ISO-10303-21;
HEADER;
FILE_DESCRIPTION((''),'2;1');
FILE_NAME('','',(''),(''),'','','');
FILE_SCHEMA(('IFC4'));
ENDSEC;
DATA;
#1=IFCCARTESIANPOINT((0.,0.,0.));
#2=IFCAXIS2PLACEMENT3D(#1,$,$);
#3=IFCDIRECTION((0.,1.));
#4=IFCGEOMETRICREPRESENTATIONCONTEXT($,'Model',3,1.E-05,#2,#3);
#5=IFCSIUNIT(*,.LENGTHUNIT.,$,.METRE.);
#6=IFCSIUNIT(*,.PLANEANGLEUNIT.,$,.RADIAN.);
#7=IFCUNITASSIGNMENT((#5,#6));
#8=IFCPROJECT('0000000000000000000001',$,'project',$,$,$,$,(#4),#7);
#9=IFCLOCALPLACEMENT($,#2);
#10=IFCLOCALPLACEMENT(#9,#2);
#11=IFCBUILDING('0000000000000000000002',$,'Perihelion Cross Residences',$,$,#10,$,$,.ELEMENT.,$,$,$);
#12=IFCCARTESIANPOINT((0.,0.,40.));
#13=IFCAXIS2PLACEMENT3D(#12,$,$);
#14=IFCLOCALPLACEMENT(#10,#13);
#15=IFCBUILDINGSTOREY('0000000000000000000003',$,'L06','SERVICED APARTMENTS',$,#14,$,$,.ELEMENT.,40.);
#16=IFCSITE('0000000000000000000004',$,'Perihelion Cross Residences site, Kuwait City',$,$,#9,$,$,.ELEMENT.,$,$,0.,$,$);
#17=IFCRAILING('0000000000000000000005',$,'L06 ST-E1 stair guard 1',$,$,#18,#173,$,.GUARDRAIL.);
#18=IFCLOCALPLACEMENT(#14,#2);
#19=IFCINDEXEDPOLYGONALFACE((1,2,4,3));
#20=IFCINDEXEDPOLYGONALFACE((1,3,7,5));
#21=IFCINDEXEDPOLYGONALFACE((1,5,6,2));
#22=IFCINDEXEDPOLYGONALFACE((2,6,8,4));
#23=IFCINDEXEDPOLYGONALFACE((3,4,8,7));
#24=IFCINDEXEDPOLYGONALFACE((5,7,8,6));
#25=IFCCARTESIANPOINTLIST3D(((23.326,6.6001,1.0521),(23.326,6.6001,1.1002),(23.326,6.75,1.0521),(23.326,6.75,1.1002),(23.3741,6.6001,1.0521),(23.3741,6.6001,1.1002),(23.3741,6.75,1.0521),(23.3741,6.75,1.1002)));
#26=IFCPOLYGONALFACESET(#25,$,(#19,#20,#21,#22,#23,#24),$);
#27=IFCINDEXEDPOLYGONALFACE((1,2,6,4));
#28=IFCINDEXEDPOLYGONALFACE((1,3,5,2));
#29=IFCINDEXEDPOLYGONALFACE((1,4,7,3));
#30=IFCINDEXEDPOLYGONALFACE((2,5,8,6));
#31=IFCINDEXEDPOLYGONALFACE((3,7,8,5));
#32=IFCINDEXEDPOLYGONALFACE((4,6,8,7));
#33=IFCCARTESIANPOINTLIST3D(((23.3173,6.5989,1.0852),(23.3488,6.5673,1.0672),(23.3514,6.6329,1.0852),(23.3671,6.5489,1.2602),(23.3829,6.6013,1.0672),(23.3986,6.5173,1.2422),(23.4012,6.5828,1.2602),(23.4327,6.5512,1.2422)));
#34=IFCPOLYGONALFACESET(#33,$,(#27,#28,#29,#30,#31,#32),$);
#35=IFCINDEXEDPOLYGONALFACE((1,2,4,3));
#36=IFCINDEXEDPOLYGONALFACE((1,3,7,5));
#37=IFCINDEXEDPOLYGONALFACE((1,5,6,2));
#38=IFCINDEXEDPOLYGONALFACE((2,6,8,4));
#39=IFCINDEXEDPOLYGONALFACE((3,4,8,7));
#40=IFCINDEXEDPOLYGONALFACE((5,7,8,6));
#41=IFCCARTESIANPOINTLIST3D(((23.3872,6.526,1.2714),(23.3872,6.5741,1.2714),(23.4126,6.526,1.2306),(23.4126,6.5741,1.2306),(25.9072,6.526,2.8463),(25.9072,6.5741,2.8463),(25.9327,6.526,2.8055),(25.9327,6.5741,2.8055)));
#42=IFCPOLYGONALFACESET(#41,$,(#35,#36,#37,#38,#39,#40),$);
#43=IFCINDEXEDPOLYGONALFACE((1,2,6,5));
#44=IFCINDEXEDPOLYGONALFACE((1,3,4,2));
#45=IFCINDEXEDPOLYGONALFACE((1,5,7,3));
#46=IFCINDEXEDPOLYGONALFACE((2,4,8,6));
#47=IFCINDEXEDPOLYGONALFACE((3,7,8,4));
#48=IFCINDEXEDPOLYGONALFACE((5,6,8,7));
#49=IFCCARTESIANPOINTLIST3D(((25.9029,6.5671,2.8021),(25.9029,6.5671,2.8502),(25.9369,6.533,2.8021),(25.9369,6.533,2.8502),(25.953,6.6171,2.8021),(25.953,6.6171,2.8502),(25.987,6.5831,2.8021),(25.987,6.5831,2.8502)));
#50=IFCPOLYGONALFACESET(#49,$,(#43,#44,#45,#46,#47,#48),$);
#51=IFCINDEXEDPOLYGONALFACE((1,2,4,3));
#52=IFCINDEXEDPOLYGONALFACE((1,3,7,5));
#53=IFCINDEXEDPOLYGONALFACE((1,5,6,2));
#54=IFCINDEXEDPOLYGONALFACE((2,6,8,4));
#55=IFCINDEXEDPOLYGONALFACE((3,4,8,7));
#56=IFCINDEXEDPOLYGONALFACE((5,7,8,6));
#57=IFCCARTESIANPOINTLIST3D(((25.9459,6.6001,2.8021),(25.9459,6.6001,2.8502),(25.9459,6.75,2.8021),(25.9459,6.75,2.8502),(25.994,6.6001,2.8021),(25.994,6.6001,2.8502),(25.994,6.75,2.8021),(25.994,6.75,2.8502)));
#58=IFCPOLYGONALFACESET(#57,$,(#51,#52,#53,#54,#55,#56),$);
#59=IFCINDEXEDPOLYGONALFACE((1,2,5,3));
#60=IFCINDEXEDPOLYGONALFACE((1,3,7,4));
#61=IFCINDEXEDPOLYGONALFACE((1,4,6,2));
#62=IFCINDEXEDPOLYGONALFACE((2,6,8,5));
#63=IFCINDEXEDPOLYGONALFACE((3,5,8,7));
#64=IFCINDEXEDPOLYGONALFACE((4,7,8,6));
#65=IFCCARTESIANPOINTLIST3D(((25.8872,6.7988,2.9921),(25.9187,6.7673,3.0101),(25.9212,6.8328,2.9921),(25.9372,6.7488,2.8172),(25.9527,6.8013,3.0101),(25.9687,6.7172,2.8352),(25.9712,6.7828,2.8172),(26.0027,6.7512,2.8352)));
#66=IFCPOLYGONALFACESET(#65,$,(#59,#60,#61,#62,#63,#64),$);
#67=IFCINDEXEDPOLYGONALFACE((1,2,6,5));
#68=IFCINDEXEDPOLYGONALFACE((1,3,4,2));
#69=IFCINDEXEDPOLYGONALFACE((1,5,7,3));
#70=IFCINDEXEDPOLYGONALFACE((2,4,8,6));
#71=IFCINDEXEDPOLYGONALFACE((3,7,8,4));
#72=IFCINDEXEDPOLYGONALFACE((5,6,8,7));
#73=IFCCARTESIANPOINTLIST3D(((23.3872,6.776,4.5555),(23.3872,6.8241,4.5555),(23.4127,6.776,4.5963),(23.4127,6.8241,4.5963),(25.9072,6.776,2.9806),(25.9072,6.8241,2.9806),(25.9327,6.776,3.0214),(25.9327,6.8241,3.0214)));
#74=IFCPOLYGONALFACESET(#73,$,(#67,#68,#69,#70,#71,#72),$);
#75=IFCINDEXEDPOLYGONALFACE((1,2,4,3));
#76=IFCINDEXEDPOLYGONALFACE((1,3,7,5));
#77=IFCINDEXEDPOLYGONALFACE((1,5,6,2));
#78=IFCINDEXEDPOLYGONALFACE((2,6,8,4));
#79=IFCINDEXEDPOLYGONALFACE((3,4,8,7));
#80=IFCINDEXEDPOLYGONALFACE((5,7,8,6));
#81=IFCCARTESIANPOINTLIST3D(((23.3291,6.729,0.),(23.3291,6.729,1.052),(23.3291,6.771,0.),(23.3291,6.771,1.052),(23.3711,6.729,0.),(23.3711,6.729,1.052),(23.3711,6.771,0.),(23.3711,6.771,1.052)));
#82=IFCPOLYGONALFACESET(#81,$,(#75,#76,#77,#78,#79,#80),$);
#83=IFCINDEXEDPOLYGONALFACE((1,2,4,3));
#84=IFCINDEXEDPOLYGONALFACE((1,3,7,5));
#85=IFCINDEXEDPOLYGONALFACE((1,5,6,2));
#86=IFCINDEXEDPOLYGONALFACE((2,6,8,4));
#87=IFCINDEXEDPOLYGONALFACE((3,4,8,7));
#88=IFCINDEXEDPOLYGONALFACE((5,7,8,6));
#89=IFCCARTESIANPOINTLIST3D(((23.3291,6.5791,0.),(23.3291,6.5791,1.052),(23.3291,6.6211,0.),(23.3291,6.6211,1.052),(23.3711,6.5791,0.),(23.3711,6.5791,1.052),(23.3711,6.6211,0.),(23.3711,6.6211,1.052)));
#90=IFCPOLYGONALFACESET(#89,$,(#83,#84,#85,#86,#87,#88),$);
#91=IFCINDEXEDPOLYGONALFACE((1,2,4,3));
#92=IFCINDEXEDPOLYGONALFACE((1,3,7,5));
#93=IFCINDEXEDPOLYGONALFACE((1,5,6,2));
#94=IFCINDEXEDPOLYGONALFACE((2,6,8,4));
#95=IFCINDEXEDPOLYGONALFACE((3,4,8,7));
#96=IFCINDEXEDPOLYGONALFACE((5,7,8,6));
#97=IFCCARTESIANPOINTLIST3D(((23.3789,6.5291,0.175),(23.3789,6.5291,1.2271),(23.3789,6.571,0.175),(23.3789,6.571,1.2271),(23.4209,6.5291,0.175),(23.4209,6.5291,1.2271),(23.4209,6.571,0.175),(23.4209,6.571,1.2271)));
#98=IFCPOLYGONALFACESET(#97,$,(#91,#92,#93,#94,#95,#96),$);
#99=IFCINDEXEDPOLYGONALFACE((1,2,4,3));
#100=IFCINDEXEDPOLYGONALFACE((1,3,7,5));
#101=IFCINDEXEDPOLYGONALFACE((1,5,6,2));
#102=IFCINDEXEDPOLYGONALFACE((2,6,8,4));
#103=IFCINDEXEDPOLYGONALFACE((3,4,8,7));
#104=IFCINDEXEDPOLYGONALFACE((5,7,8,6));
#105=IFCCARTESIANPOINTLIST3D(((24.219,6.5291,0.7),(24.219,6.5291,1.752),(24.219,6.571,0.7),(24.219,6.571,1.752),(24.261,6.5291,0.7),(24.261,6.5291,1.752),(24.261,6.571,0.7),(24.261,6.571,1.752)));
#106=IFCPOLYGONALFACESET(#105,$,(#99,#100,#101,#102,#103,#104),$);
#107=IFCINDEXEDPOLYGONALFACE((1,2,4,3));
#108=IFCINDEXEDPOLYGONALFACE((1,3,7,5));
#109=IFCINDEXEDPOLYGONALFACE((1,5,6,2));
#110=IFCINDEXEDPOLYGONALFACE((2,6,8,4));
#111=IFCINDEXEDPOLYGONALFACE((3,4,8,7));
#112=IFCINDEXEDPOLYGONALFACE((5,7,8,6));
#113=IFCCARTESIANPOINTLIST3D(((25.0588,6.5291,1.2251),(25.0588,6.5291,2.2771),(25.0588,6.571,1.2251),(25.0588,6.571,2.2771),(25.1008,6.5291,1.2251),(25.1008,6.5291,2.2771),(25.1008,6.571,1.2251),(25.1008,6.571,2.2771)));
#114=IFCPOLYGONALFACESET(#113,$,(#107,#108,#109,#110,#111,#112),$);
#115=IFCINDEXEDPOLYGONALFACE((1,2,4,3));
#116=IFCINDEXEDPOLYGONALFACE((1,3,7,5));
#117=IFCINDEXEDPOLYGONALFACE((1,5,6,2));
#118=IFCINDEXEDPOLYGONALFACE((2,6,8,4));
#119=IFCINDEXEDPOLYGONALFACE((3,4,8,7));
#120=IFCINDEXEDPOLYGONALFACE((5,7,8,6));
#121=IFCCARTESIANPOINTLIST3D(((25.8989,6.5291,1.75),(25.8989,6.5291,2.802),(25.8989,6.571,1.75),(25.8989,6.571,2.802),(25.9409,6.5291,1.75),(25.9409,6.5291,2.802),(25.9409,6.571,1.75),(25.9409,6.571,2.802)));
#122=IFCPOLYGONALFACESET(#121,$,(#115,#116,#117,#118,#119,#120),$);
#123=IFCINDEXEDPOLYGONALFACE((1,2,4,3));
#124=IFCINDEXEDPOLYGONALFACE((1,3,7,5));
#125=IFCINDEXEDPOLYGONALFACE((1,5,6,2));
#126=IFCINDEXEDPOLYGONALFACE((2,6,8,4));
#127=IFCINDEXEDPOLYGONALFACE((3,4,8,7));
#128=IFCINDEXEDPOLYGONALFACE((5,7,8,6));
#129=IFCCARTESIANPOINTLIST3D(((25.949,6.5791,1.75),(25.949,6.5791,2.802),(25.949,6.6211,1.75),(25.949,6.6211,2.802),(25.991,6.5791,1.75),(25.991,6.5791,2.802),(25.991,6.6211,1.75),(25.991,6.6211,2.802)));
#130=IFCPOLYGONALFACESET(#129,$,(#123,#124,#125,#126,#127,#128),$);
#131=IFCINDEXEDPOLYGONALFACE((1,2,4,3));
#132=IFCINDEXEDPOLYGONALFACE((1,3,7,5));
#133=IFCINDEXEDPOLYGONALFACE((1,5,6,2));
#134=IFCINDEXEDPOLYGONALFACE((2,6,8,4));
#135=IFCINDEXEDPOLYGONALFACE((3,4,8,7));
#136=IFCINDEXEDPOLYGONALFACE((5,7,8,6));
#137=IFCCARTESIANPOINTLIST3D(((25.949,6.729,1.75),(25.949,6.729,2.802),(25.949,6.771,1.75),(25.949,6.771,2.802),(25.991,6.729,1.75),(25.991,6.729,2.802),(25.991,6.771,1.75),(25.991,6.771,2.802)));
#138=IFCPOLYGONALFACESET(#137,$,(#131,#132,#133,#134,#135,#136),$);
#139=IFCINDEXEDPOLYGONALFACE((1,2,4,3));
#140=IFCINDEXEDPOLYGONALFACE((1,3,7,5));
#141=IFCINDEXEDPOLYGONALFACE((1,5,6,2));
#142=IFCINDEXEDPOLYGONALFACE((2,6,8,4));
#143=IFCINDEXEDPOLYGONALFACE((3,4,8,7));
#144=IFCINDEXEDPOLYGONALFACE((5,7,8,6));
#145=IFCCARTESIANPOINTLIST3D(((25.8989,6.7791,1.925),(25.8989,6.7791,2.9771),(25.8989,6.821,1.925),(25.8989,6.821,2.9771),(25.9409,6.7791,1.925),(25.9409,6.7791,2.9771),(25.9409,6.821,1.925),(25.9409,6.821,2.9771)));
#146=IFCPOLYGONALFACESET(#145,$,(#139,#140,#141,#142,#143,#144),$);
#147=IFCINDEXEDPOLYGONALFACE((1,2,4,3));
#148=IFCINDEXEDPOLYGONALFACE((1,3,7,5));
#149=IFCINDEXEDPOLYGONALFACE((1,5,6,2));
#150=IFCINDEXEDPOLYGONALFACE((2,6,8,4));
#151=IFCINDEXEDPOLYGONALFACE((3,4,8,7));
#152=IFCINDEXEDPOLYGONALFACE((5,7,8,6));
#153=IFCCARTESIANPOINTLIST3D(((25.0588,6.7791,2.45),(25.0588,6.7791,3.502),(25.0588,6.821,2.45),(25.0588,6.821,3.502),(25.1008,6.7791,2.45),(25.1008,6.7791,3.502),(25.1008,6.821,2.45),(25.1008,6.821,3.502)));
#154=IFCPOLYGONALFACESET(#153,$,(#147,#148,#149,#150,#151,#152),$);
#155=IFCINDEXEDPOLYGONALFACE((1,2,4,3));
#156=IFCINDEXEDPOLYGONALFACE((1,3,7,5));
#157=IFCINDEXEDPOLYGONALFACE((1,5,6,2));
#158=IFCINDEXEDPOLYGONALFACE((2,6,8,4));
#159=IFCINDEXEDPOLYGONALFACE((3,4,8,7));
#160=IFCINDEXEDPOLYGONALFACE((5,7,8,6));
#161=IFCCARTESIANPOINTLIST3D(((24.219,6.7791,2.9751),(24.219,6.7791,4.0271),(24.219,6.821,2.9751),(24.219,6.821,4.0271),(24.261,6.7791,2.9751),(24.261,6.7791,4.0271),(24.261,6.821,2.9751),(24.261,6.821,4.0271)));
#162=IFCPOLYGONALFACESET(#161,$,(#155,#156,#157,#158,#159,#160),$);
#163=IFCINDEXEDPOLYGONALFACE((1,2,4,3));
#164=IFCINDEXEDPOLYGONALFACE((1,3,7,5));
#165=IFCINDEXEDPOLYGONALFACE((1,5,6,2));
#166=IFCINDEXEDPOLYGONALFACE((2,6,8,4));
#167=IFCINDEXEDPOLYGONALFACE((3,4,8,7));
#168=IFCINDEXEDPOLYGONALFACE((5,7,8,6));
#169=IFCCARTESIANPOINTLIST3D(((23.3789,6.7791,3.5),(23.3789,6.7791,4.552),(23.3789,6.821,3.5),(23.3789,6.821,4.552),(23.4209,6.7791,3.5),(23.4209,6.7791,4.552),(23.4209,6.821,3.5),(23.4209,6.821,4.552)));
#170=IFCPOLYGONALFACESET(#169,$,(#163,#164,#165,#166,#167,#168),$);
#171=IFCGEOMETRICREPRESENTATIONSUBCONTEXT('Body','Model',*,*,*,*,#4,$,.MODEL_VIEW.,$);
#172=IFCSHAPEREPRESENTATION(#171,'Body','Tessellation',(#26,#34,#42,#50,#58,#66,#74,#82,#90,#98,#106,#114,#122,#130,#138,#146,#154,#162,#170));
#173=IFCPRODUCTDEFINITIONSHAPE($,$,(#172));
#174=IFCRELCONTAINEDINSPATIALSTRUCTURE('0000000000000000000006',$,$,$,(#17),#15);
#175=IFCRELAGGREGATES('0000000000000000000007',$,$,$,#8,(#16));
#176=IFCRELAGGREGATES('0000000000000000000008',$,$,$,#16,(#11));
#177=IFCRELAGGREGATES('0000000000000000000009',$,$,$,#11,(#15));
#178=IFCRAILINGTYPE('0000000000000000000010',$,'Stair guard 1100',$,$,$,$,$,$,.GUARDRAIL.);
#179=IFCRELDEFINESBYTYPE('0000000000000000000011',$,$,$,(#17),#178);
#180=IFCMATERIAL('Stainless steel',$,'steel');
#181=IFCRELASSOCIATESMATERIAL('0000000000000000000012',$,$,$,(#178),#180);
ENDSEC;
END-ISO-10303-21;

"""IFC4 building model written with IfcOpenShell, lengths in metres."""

from ifc_helpers import new_model, si_unit, direction, frame, origin, origin_2d, place, context, subcontext, project, spatial, rectangle, extrude, material, type_object, element, save


model = new_model("IFC4")

# Units and contexts
model_context = context("Model", 3, precision=1e-05, world=origin(), true_north=direction((0.0, 1.0)))
body_context = subcontext(model_context, "Body", "Model", "MODEL_VIEW")
ifc_project = project(units=[si_unit("LENGTHUNIT", "METRE"), si_unit("PLANEANGLEUNIT", "RADIAN")], contexts=[model_context])

# Site, building, storey
site_placement = place(None, origin())
site = spatial("IfcSite", under=ifc_project, at=site_placement, Name="Perihelion Cross Residences site, Kuwait City", CompositionType="ELEMENT", RefElevation=0.0)
building_placement = place(site_placement, origin())
building = spatial("IfcBuilding", under=site, at=building_placement, Name="Perihelion Cross Residences", CompositionType="ELEMENT")
storey_placement = place(building_placement, frame((0.0, 0.0, 40.0)))
storey = spatial("IfcBuildingStorey", under=building, at=storey_placement, Name="L06", Description="SERVICED APARTMENTS", CompositionType="ELEMENT", Elevation=40.0)

# Railing
ifc_material_1 = material(Name="Stainless steel", Category="steel")
railing_type_1 = type_object("IfcRailingType", Name="Stair guard 1100", PredefinedType="GUARDRAIL", material=ifc_material_1)
railing_1_placement = place(storey_placement, frame((23.3501, 6.75, 0.0)))
element("IfcRailing", 1, at=railing_1_placement, inside=storey, type_object=railing_type_1, Name="L06 ST-E1 stair guard 1", PredefinedType="GUARDRAIL", context=body_context, shape_type="SweptSolid", body=[
    extrude(rectangle(XDim=0.0481, YDim=0.0481, at=origin_2d()), frame((0.0, 0.0, 1.0762), z_axis=(0.0, -1.0, 0.0), x_axis=(1.0, 0.0, 0.0)), (0.0, 0.0, 1.0), 0.1499),
    extrude(rectangle(XDim=0.0481, YDim=0.0481, at=origin_2d()), frame((0.0, -0.1499, 1.0762), z_axis=(0.263862, -0.265156, 0.927399), x_axis=(0.708834, 0.705376, 0.0)), (0.0, 0.0, 1.0), 0.1887),
    extrude(rectangle(XDim=0.0481, YDim=0.0481, at=origin_2d()), frame((0.0498, -0.2, 1.251), z_axis=(0.848008, 0.0, 0.529984), x_axis=(0.0, 1.0, 0.0)), (0.0, 0.0, 1.0), 2.9717),
    extrude(rectangle(XDim=0.0481, YDim=0.0481, at=origin_2d()), frame((2.5698, -0.2, 2.8262), z_axis=(0.707107, 0.707107, 0.0), x_axis=(-0.707107, 0.707107, 0.0)), (0.0, 0.0, 1.0), 0.0708),
    extrude(rectangle(XDim=0.0481, YDim=0.0481, at=origin_2d()), frame((2.6199, -0.1499, 2.8262), z_axis=(0.0, 1.0, 0.0), x_axis=(-1.0, 0.0, 0.0)), (0.0, 0.0, 1.0), 0.1499),
    extrude(rectangle(XDim=0.0481, YDim=0.0481, at=origin_2d()), frame((2.6199, 0.0, 2.8262), z_axis=(-0.265065, 0.265065, 0.927082), x_axis=(-0.707107, -0.707107, 0.0)), (0.0, 0.0, 1.0), 0.1887),
    extrude(rectangle(XDim=0.0481, YDim=0.0481, at=origin_2d()), frame((2.5698, 0.05, 3.001), z_axis=(-0.848008, 0.0, 0.529984), x_axis=(0.0, -1.0, 0.0)), (0.0, 0.0, 1.0), 2.9717),
    extrude(rectangle(XDim=0.042, YDim=0.042, at=origin_2d()), origin(), (0.0, 0.0, 1.0), 1.052),
    extrude(rectangle(XDim=0.042, YDim=0.042, at=origin_2d()), frame((0.0, -0.1499, 0.0)), (0.0, 0.0, 1.0), 1.052),
    extrude(rectangle(XDim=0.042, YDim=0.042, at=origin_2d()), frame((0.0498, -0.2, 0.175)), (0.0, 0.0, 1.0), 1.052),
    extrude(rectangle(XDim=0.042, YDim=0.042, at=origin_2d()), frame((0.8899, -0.2, 0.7)), (0.0, 0.0, 1.0), 1.052),
    extrude(rectangle(XDim=0.042, YDim=0.042, at=origin_2d()), frame((1.7297, -0.2, 1.2251)), (0.0, 0.0, 1.0), 1.052),
    extrude(rectangle(XDim=0.042, YDim=0.042, at=origin_2d()), frame((2.5698, -0.2, 1.75)), (0.0, 0.0, 1.0), 1.052),
    extrude(rectangle(XDim=0.042, YDim=0.042, at=origin_2d()), frame((2.6199, -0.1499, 1.75)), (0.0, 0.0, 1.0), 1.052),
    extrude(rectangle(XDim=0.042, YDim=0.042, at=origin_2d()), frame((2.6199, 0.0, 1.75)), (0.0, 0.0, 1.0), 1.052),
    extrude(rectangle(XDim=0.042, YDim=0.042, at=origin_2d()), frame((2.5698, 0.05, 1.925)), (0.0, 0.0, 1.0), 1.052),
    extrude(rectangle(XDim=0.042, YDim=0.042, at=origin_2d()), frame((1.7297, 0.05, 2.45)), (0.0, 0.0, 1.0), 1.052),
    extrude(rectangle(XDim=0.042, YDim=0.042, at=origin_2d()), frame((0.8899, 0.05, 2.9751)), (0.0, 0.0, 1.0), 1.052),
    extrude(rectangle(XDim=0.042, YDim=0.042, at=origin_2d()), frame((0.0498, 0.05, 3.5)), (0.0, 0.0, 1.0), 1.052),
])

save(model, "model.ifc")
